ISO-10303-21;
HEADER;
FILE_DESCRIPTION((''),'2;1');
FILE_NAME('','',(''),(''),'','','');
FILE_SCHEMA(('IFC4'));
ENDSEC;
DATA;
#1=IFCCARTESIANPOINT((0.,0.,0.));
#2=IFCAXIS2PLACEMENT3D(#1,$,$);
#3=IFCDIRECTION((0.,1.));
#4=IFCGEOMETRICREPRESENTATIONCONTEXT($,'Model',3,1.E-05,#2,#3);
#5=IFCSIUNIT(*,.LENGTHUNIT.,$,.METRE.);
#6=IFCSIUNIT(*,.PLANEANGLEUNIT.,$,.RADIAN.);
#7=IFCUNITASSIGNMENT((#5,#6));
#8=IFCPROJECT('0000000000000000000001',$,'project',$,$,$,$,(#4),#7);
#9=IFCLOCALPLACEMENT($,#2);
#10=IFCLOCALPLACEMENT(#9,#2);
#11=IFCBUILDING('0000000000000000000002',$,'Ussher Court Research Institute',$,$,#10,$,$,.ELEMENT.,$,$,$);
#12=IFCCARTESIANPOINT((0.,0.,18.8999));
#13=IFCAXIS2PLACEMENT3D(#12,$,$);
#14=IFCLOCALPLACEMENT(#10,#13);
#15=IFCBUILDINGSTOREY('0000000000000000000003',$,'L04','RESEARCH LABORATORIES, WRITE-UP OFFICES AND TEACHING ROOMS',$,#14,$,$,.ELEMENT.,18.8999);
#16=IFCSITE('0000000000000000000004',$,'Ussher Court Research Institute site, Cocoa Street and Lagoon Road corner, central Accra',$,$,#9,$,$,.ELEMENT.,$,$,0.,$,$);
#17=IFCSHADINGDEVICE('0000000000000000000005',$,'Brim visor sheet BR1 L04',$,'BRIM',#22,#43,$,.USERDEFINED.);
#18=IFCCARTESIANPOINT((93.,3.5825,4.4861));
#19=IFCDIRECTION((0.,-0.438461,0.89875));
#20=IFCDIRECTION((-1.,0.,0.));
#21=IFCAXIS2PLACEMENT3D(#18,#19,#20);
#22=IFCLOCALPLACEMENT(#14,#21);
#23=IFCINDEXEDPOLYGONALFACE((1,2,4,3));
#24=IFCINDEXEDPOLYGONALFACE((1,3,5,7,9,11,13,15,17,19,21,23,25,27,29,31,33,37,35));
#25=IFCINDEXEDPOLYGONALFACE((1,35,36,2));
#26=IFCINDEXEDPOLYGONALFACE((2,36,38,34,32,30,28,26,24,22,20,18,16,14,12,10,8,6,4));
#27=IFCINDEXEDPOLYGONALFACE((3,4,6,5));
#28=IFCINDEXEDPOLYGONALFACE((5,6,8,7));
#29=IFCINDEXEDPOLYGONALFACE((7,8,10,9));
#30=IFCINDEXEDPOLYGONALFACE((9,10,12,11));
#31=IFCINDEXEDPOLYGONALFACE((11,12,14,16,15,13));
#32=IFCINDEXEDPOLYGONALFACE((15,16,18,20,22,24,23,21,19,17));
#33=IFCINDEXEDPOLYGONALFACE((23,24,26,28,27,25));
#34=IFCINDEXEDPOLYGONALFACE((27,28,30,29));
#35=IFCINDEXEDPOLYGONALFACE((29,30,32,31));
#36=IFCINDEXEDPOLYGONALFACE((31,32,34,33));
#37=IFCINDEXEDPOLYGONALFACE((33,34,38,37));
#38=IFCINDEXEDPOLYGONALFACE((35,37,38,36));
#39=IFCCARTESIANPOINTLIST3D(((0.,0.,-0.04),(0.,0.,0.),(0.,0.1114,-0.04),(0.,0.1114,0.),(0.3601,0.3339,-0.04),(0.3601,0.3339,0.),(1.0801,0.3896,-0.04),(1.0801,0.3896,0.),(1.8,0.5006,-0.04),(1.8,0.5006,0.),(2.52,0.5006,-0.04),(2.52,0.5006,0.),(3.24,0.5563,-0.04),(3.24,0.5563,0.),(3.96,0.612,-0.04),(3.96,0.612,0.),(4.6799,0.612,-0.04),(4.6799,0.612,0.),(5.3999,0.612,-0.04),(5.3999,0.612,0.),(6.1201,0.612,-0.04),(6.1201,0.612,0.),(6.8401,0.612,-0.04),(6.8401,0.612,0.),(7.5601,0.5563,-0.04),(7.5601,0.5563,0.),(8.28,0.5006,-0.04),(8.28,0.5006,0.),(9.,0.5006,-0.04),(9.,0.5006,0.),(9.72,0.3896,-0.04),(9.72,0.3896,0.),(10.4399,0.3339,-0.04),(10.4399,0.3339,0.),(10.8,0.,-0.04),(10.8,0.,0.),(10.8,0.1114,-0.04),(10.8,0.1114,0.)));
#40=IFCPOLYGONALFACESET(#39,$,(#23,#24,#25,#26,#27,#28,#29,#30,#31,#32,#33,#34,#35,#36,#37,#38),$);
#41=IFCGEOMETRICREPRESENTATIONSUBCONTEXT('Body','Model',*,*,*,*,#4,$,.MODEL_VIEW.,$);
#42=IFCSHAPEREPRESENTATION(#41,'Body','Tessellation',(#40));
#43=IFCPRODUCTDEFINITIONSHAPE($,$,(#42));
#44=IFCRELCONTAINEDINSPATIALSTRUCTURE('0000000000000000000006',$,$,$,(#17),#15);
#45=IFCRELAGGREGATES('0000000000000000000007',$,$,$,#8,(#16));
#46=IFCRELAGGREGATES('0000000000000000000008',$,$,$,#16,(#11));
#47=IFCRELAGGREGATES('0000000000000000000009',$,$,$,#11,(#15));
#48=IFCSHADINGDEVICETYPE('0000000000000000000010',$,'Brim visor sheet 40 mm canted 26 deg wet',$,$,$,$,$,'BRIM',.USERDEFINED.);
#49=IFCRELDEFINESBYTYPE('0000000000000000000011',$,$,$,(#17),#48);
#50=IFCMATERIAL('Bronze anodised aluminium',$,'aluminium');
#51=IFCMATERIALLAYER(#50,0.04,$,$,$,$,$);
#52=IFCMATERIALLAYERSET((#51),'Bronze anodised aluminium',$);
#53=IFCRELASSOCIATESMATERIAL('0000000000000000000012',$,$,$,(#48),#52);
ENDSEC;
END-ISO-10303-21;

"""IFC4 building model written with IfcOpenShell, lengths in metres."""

from ifc_helpers import new_model, si_unit, direction, frame, origin, place, context, subcontext, project, spatial, polyline, outline, extrude, material, layer, layer_set, type_object, element, save


model = new_model("IFC4")

# Units and contexts
model_context = context("Model", 3, precision=1e-05, world=origin(), true_north=direction((0.0, 1.0)))
body_context = subcontext(model_context, "Body", "Model", "MODEL_VIEW")
ifc_project = project(units=[si_unit("LENGTHUNIT", "METRE"), si_unit("PLANEANGLEUNIT", "RADIAN")], contexts=[model_context])

# Site, building, storey
site_placement = place(None, origin())
site = spatial("IfcSite", under=ifc_project, at=site_placement, Name="Ussher Court Research Institute site, Cocoa Street and Lagoon Road corner, central Accra", CompositionType="ELEMENT", RefElevation=0.0)
building_placement = place(site_placement, origin())
building = spatial("IfcBuilding", under=site, at=building_placement, Name="Ussher Court Research Institute", CompositionType="ELEMENT")
storey_placement = place(building_placement, frame((0.0, 0.0, 18.8999)))
storey = spatial("IfcBuildingStorey", under=building, at=storey_placement, Name="L04", Description="RESEARCH LABORATORIES, WRITE-UP OFFICES AND TEACHING ROOMS", CompositionType="ELEMENT", Elevation=18.8999)

# Shading device
ifc_material_1 = material(Name="Bronze anodised aluminium", Category="aluminium")
ifc_layer_1 = layer(ifc_material_1, 0.04)
ifc_layer_set_1 = layer_set([ifc_layer_1], Name="Bronze anodised aluminium")
shading_device_type_1 = type_object("IfcShadingDeviceType", Name="Brim visor sheet 40 mm canted 26 deg wet", ElementType="BRIM", PredefinedType="USERDEFINED", material=ifc_layer_set_1)
shading_device_1_placement = place(storey_placement, frame((93.0, 3.5825, 4.4861), z_axis=(0.0, -0.438461, 0.89875), x_axis=(-1.0, 0.0, 0.0)))
element("IfcShadingDevice", 1, at=shading_device_1_placement, inside=storey, type_object=shading_device_type_1, Name="Brim visor sheet BR1 L04", ObjectType="BRIM", PredefinedType="USERDEFINED", context=body_context, shape_type="SweptSolid", body=[
    extrude(outline(polyline([(0.0, 0.0), (10.8, 0.0), (10.8, 0.1114), (10.4399, 0.3339), (9.72, 0.3896), (9.0, 0.5006), (8.28, 0.5006), (7.5601, 0.5563), (6.8401, 0.612), (6.1201, 0.612), (5.3999, 0.612), (4.6799, 0.612), (3.96, 0.612), (3.24, 0.5563), (2.52, 0.5006), (1.8, 0.5006), (1.0801, 0.3896), (0.3601, 0.3339), (0.0, 0.1114), (0.0, 0.0)])), origin(), (0.0, 0.0, -1.0), 0.04),
])

save(model, "model.ifc")
